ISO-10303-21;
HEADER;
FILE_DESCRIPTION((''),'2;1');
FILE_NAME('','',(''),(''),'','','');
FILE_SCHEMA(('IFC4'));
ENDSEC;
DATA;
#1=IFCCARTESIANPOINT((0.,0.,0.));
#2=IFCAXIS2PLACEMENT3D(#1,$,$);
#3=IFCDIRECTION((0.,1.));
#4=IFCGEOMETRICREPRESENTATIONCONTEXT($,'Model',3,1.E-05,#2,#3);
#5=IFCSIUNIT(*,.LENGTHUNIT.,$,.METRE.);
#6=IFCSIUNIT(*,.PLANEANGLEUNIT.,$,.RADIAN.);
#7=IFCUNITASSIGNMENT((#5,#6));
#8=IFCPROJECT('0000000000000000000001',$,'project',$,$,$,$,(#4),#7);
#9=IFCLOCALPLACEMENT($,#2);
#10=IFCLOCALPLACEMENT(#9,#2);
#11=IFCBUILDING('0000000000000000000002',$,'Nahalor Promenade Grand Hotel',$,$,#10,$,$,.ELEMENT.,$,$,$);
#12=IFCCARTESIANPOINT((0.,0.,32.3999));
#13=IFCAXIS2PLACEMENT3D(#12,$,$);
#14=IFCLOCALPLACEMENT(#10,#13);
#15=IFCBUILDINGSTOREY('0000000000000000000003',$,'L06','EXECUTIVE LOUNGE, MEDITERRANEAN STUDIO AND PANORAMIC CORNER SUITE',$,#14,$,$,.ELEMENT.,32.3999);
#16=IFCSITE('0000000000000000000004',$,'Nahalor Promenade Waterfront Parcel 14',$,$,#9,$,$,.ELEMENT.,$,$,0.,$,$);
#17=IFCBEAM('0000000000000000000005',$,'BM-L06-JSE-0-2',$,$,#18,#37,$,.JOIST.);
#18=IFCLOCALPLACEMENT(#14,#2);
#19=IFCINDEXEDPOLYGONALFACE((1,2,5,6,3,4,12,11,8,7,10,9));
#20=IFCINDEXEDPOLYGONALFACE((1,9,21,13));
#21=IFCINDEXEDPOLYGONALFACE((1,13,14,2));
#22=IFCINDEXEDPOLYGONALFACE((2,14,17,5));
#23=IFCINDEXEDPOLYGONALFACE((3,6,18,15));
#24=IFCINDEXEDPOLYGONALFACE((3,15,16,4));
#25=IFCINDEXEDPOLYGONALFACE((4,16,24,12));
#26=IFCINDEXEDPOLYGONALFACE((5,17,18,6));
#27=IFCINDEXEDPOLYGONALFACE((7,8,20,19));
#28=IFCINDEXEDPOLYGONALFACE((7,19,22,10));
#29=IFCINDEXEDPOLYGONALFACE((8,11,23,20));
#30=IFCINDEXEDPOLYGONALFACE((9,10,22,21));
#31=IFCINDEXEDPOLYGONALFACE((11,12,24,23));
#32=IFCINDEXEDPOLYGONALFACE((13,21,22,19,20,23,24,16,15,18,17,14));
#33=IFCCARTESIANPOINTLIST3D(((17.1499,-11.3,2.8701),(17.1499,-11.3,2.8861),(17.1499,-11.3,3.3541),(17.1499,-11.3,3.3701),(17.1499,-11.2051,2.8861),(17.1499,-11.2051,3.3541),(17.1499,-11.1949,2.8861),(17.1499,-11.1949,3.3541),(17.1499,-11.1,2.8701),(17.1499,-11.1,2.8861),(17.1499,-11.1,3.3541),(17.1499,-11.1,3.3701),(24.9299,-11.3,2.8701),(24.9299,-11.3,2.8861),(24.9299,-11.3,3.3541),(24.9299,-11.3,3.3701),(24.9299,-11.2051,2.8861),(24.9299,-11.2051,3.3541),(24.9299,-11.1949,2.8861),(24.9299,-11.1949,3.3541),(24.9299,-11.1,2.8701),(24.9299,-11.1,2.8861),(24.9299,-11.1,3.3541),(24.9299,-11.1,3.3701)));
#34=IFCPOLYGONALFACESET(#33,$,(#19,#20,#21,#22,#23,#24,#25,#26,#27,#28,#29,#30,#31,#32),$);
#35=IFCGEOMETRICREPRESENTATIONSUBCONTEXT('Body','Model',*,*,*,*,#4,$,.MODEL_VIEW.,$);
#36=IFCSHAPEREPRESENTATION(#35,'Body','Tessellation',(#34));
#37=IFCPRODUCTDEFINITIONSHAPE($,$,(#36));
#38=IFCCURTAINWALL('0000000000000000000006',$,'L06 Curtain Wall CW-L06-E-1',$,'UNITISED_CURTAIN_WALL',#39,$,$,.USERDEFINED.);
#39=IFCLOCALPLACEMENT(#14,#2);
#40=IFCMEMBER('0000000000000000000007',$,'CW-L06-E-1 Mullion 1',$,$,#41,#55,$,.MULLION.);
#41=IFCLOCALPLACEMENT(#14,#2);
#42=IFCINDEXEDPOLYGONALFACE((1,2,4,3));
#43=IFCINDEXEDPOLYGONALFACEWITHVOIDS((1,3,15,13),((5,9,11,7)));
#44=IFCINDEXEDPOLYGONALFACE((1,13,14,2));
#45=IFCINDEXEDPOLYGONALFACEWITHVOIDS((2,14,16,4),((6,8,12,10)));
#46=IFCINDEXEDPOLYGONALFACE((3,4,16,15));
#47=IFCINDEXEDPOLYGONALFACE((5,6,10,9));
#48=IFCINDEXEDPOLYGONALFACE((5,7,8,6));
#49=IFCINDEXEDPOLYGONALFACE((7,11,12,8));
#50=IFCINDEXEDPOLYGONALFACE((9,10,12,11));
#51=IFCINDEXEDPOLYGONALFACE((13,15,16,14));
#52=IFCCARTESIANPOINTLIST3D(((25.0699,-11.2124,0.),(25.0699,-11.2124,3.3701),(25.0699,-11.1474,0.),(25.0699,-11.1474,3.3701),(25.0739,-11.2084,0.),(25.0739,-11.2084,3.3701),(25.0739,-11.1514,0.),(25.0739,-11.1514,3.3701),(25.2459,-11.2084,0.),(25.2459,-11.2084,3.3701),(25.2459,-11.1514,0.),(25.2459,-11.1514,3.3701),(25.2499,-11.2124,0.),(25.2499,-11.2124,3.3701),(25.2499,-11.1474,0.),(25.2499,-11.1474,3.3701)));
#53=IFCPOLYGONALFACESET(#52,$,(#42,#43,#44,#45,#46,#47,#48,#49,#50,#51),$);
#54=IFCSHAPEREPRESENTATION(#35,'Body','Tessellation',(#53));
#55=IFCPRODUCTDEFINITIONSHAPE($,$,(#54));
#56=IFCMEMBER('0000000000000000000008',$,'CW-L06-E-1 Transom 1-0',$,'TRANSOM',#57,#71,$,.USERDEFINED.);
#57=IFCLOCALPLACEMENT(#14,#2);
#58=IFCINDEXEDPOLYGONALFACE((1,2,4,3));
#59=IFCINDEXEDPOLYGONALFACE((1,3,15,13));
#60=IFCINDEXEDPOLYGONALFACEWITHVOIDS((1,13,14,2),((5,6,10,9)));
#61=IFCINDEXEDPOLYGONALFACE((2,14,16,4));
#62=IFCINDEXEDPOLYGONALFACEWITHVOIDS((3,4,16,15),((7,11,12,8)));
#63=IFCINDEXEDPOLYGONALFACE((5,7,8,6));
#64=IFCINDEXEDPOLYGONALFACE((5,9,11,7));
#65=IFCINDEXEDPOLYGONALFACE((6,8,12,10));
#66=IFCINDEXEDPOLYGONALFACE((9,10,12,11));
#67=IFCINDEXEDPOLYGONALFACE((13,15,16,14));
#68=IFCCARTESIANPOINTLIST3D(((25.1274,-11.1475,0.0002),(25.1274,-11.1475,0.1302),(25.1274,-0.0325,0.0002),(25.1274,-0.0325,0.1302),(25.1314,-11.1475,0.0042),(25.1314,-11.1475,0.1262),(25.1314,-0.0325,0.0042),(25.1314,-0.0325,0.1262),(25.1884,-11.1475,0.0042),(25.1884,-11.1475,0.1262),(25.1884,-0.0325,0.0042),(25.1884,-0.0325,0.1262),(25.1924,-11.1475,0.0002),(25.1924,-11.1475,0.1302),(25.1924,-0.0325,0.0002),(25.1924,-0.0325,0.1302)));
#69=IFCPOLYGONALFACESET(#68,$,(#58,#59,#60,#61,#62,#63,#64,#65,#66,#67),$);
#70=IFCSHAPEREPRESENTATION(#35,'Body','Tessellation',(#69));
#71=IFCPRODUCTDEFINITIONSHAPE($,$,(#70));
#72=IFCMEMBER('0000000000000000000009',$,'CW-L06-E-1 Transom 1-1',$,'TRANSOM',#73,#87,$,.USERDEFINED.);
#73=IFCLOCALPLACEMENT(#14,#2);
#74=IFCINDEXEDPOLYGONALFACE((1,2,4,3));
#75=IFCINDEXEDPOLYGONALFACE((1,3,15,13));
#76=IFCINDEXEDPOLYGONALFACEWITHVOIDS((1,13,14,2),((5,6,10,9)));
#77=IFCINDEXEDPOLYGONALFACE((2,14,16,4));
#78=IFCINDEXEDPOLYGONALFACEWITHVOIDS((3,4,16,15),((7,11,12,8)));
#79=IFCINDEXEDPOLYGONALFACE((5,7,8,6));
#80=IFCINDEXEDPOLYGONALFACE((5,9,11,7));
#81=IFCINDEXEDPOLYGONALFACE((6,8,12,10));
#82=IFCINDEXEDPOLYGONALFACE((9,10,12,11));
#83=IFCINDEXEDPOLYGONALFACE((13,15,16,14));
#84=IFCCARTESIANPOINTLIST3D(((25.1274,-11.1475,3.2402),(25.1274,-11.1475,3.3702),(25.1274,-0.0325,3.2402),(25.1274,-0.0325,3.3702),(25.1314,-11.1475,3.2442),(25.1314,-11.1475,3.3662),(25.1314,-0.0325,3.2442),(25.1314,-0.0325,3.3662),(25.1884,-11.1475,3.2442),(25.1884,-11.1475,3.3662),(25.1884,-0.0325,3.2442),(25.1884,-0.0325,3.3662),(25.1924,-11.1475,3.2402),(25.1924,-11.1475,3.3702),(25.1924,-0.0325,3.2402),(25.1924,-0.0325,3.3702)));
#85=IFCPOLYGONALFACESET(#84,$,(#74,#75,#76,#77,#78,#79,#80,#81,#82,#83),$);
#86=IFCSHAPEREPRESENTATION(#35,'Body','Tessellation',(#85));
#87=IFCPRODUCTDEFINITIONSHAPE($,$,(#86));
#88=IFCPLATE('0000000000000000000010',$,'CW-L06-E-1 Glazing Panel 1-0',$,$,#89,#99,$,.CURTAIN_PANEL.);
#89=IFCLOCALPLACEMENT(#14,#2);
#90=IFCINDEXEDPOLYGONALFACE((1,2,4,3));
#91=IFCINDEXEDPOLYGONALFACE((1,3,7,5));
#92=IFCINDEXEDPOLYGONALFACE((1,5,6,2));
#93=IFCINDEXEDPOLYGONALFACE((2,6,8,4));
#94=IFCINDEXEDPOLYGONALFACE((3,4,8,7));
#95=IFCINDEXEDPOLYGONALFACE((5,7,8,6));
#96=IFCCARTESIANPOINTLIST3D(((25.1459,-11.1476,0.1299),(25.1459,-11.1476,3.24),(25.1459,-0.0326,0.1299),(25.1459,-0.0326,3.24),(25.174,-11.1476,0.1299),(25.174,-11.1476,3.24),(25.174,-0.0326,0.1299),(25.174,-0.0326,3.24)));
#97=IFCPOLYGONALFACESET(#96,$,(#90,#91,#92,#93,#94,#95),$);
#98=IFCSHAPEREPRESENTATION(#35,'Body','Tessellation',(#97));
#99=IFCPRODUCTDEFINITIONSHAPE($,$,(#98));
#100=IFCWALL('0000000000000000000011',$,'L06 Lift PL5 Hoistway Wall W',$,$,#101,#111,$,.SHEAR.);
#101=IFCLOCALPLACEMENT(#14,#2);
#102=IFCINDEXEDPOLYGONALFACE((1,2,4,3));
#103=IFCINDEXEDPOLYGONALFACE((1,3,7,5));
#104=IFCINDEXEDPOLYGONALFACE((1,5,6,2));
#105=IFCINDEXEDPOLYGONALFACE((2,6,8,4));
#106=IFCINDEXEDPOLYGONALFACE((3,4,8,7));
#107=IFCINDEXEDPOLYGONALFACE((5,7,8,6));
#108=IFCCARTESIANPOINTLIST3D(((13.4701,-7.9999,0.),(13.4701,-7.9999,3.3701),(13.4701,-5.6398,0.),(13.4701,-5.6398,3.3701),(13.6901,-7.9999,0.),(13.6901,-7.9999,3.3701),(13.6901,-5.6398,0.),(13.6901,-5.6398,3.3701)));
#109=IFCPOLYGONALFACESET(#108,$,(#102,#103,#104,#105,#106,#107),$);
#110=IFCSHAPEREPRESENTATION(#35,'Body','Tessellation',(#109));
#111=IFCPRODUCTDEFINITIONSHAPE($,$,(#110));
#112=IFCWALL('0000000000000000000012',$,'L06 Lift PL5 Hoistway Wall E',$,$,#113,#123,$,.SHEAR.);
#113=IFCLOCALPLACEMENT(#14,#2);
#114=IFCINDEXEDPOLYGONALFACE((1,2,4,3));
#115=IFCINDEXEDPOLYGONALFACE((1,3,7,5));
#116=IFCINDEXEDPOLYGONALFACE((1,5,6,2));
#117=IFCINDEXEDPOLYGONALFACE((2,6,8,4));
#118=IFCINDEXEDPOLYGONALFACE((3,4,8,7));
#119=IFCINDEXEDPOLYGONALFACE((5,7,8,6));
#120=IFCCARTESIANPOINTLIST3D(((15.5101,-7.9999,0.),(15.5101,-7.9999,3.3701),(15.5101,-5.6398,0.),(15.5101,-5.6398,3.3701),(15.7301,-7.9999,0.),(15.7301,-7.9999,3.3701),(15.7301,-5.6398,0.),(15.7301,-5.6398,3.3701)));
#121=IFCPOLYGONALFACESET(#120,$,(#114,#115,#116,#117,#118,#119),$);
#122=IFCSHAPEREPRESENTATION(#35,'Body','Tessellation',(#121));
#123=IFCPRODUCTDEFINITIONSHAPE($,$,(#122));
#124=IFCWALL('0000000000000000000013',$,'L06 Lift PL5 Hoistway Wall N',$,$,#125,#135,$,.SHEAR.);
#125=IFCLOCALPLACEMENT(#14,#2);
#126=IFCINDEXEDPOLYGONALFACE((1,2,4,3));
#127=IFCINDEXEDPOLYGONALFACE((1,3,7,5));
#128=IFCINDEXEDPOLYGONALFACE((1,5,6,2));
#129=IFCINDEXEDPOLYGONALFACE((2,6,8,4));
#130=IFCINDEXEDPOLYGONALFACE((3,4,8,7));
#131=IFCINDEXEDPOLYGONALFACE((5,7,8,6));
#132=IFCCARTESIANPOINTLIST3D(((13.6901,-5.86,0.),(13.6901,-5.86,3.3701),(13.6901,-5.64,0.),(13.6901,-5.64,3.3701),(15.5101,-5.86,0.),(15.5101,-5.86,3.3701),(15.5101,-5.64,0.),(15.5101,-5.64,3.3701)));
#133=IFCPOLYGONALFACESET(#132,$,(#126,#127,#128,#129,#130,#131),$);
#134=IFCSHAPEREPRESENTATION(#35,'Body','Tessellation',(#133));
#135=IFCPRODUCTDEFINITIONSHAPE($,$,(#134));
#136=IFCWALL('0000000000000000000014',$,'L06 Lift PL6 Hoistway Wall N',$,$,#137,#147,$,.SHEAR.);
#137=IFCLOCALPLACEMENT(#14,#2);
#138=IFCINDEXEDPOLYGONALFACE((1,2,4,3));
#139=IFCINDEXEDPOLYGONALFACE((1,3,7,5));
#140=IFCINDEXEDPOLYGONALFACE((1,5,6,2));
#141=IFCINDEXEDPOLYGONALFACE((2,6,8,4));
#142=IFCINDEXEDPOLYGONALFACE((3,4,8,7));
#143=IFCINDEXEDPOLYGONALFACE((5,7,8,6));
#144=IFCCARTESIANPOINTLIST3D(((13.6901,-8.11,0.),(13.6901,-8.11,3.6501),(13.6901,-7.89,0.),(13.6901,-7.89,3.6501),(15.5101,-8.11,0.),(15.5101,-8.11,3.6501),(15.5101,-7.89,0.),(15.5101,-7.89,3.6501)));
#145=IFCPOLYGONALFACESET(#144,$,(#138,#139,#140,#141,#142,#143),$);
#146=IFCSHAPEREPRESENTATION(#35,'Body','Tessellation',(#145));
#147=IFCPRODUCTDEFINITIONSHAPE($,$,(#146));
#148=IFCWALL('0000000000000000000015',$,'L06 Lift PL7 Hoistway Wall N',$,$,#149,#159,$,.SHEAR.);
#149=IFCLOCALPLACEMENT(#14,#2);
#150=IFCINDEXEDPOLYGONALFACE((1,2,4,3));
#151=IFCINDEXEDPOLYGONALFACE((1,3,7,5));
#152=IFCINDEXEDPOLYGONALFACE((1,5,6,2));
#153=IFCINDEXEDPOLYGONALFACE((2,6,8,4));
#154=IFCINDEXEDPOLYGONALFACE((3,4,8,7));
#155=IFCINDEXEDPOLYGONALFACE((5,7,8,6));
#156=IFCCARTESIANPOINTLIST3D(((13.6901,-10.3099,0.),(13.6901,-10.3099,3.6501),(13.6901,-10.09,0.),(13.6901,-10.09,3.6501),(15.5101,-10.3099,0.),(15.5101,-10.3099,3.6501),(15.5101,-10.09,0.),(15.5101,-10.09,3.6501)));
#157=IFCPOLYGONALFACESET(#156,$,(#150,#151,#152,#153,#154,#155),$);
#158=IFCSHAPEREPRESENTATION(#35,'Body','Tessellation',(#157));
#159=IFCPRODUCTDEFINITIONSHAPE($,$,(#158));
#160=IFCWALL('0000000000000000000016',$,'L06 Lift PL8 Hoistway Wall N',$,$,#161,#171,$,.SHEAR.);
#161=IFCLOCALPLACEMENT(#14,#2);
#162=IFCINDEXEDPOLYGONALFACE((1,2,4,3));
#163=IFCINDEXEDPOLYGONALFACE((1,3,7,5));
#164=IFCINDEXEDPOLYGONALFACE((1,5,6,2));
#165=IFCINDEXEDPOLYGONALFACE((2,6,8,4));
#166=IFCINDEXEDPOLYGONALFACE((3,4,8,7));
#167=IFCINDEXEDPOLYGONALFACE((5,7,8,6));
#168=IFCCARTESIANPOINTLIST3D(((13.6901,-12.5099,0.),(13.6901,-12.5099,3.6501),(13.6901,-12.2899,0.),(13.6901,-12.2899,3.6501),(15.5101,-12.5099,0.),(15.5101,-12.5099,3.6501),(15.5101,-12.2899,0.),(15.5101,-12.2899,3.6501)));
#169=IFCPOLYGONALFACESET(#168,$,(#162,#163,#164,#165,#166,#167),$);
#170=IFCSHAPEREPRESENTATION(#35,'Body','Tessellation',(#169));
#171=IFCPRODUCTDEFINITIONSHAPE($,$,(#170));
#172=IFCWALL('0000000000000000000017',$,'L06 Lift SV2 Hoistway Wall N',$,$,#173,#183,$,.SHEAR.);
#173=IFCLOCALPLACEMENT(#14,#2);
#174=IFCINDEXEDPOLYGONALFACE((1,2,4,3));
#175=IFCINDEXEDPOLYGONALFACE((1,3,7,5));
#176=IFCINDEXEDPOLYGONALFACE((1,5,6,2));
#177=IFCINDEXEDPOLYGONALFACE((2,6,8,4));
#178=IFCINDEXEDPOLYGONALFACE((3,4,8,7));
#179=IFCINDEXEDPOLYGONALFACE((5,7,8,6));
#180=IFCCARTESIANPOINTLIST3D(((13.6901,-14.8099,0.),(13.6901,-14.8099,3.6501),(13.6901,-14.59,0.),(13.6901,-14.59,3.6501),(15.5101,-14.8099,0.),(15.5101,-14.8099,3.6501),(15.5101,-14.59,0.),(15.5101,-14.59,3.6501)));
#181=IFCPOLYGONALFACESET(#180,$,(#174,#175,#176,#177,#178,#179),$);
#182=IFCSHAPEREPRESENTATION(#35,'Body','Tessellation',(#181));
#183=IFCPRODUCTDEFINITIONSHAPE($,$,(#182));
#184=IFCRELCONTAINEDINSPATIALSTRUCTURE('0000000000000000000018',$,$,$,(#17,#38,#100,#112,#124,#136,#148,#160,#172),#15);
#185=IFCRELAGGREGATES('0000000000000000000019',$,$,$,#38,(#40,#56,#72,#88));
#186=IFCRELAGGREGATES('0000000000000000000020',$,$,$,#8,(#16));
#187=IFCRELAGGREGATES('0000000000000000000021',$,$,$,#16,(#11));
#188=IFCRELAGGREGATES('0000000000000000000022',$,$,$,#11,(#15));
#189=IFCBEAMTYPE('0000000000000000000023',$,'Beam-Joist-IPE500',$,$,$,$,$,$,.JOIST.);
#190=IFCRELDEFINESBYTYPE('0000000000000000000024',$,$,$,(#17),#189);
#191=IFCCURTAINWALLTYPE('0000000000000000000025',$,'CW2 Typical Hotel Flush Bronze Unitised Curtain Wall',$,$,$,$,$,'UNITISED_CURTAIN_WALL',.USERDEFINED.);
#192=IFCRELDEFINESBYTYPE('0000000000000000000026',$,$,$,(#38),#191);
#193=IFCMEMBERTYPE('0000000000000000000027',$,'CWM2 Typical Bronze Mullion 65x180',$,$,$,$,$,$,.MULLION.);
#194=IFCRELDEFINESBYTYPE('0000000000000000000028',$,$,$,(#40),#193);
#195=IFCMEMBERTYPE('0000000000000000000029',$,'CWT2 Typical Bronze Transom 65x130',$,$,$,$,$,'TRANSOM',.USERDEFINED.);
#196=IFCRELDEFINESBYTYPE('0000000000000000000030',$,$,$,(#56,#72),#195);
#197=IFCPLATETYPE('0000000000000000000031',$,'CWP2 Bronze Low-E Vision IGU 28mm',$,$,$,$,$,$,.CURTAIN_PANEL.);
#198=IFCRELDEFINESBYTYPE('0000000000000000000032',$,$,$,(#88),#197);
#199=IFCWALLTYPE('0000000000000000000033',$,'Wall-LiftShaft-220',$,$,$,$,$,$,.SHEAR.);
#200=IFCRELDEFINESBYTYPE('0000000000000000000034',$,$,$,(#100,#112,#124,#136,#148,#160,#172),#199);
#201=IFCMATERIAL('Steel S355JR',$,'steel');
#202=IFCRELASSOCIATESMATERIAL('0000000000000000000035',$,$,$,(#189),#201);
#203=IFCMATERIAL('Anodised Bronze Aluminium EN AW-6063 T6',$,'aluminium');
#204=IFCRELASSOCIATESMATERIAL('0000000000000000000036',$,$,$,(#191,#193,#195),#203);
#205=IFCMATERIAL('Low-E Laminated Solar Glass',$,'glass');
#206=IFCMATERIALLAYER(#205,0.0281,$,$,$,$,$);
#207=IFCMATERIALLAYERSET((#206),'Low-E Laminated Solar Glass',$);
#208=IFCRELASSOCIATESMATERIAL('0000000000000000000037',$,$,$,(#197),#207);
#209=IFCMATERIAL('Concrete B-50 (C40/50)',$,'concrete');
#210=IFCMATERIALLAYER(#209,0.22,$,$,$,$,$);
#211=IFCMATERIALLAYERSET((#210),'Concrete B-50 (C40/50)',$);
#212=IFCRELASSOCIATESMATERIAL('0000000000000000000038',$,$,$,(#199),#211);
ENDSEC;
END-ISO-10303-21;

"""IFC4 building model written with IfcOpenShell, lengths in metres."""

from ifc_helpers import new_model, si_unit, direction, frame, frame_2d, origin, origin_2d, place, context, subcontext, project, spatial, rectangle, hollow_rectangle, i_section, extrude, source, transform, mapped, material, layer, layer_set, material_profile, profile_set, type_object, element, aggregate, save


model = new_model("IFC4")

# Units and contexts
model_context = context("Model", 3, precision=1e-05, world=origin(), true_north=direction((0.0, 1.0)))
body_context = subcontext(model_context, "Body", "Model", "MODEL_VIEW")
ifc_project = project(units=[si_unit("LENGTHUNIT", "METRE"), si_unit("PLANEANGLEUNIT", "RADIAN")], contexts=[model_context])

# Site, building, storey
site_placement = place(None, origin())
site = spatial("IfcSite", under=ifc_project, at=site_placement, Name="Nahalor Promenade Waterfront Parcel 14", CompositionType="ELEMENT", RefElevation=0.0)
building_placement = place(site_placement, origin())
building = spatial("IfcBuilding", under=site, at=building_placement, Name="Nahalor Promenade Grand Hotel", CompositionType="ELEMENT")
storey_placement = place(building_placement, frame((0.0, 0.0, 32.3999)))
storey = spatial("IfcBuildingStorey", under=building, at=storey_placement, Name="L06", Description="EXECUTIVE LOUNGE, MEDITERRANEAN STUDIO AND PANORAMIC CORNER SUITE", CompositionType="ELEMENT", Elevation=32.3999)

# Beam
ifc_material_1 = material(Name="Steel S355JR", Category="steel")
ifc_material_profile_1 = material_profile(ifc_material_1, i_section(OverallWidth=0.2, OverallDepth=0.5, WebThickness=0.0102, FlangeThickness=0.016, at=origin_2d()), Name="IPE 500")
ifc_profile_set_1 = profile_set([ifc_material_profile_1], Name="Steel S355JR")
beam_type_1 = type_object("IfcBeamType", Name="Beam-Joist-IPE500", PredefinedType="JOIST", material=ifc_profile_set_1)
shared_shape_1 = source(origin(), body_context, "Body", "SweptSolid", [
    extrude(i_section(OverallWidth=0.2, OverallDepth=0.5, WebThickness=0.0102, FlangeThickness=0.016, at=origin_2d()), origin(), (0.0, 0.0, 1.0), 7.78),
])
beam_1_placement = place(storey_placement, frame((17.1499, -11.2, 3.1201), z_axis=(1.0, 0.0, 0.0), x_axis=(0.0, 1.0, 0.0)))
element("IfcBeam", 1, at=beam_1_placement, inside=storey, type_object=beam_type_1, Name="BM-L06-JSE-0-2", PredefinedType="JOIST", context=body_context, shape_type="MappedRepresentation", body=[
    mapped(shared_shape_1, transform((0.0, 0.0, 0.0), scale=1.0)),
])

# Curtain wall, members, plate
ifc_material_2 = material(Name="Anodised Bronze Aluminium EN AW-6063 T6", Category="aluminium")
curtain_wall_type = type_object("IfcCurtainWallType", Name="CW2 Typical Hotel Flush Bronze Unitised Curtain Wall", ElementType="UNITISED_CURTAIN_WALL", PredefinedType="USERDEFINED", material=ifc_material_2)
curtain_wall_placement = place(storey_placement, origin())
curtain_wall = element("IfcCurtainWall", 2, at=curtain_wall_placement, inside=storey, type_object=curtain_wall_type, Name="L06 Curtain Wall CW-L06-E-1", ObjectType="UNITISED_CURTAIN_WALL", PredefinedType="USERDEFINED")
ifc_material_profile_2 = material_profile(ifc_material_2, hollow_rectangle(XDim=0.065, YDim=0.18, WallThickness=0.004, at=origin_2d()), Name="CWM 65x180x4")
ifc_profile_set_2 = profile_set([ifc_material_profile_2], Name="Anodised Bronze Aluminium EN AW-6063 T6")
member_type_1 = type_object("IfcMemberType", Name="CWM2 Typical Bronze Mullion 65x180", PredefinedType="MULLION", material=ifc_profile_set_2)
shared_shape_2 = source(origin(), body_context, "Body", "SweptSolid", [
    extrude(hollow_rectangle(XDim=0.065, YDim=0.18, WallThickness=0.004, at=origin_2d()), origin(), (0.0, 0.0, 1.0), 3.3701),
])
member_1_placement = place(storey_placement, frame((25.1599, -11.1799, 0.0), z_axis=(0.0, 0.0, 1.0), x_axis=(0.0, 1.0, 0.0)))
member_1 = element("IfcMember", 3, at=member_1_placement, type_object=member_type_1, Name="CW-L06-E-1 Mullion 1", PredefinedType="MULLION", context=body_context, shape_type="MappedRepresentation", body=[
    mapped(shared_shape_2, transform((0.0, 0.0, 0.0), scale=1.0)),
])
ifc_material_profile_3 = material_profile(ifc_material_2, hollow_rectangle(XDim=0.065, YDim=0.13, WallThickness=0.004, at=origin_2d()), Name="CWT 65x130x4")
ifc_profile_set_3 = profile_set([ifc_material_profile_3], Name="Anodised Bronze Aluminium EN AW-6063 T6")
member_type_2 = type_object("IfcMemberType", Name="CWT2 Typical Bronze Transom 65x130", ElementType="TRANSOM", PredefinedType="USERDEFINED", material=ifc_profile_set_3)
shared_shape_3 = source(origin(), body_context, "Body", "SweptSolid", [
    extrude(hollow_rectangle(XDim=0.065, YDim=0.13, WallThickness=0.004, at=origin_2d()), origin(), (0.0, 0.0, 1.0), 11.115),
])
member_2_placement = place(storey_placement, frame((25.1599, -11.1475, 0.0652), z_axis=(0.0, 1.0, 0.0), x_axis=(-1.0, 0.0, 0.0)))
member_2 = element("IfcMember", 4, at=member_2_placement, type_object=member_type_2, Name="CW-L06-E-1 Transom 1-0", ObjectType="TRANSOM", PredefinedType="USERDEFINED", context=body_context, shape_type="MappedRepresentation", body=[
    mapped(shared_shape_3, transform((0.0, 0.0, 0.0), scale=1.0)),
])
member_3_placement = place(storey_placement, frame((25.1599, -11.1475, 3.3052), z_axis=(0.0, 1.0, 0.0), x_axis=(-1.0, 0.0, 0.0)))
member_3 = element("IfcMember", 5, at=member_3_placement, type_object=member_type_2, Name="CW-L06-E-1 Transom 1-1", ObjectType="TRANSOM", PredefinedType="USERDEFINED", context=body_context, shape_type="MappedRepresentation", body=[
    mapped(shared_shape_3, transform((0.0, 0.0, 0.0), scale=1.0)),
])
ifc_material_3 = material(Name="Low-E Laminated Solar Glass", Category="glass")
ifc_layer_1 = layer(ifc_material_3, 0.0281)
ifc_layer_set_1 = layer_set([ifc_layer_1], Name="Low-E Laminated Solar Glass")
plate_type = type_object("IfcPlateType", Name="CWP2 Bronze Low-E Vision IGU 28mm", PredefinedType="CURTAIN_PANEL", material=ifc_layer_set_1)
shared_shape_4 = source(origin(), body_context, "Body", "SweptSolid", [
    extrude(rectangle(XDim=11.115, YDim=0.0281, at=origin_2d()), origin(), (0.0, 0.0, 1.0), 3.1101),
])
plate_placement = place(storey_placement, frame((25.1599, -5.5901, 0.1299), z_axis=(0.0, 0.0, 1.0), x_axis=(0.0, 1.0, 0.0)))
plate = element("IfcPlate", 6, at=plate_placement, type_object=plate_type, Name="CW-L06-E-1 Glazing Panel 1-0", PredefinedType="CURTAIN_PANEL", context=body_context, shape_type="MappedRepresentation", body=[
    mapped(shared_shape_4, transform((0.0, 0.0, 0.0), scale=1.0)),
])
aggregate(curtain_wall, [member_1, member_2, member_3, plate])

# Walls
ifc_material_4 = material(Name="Concrete B-50 (C40/50)", Category="concrete")
ifc_layer_2 = layer(ifc_material_4, 0.22)
ifc_layer_set_2 = layer_set([ifc_layer_2], Name="Concrete B-50 (C40/50)")
wall_type_1 = type_object("IfcWallType", Name="Wall-LiftShaft-220", PredefinedType="SHEAR", material=ifc_layer_set_2)
shared_shape_5 = source(origin(), body_context, "Body", "SweptSolid", [
    extrude(rectangle(XDim=2.3601, YDim=0.22, at=frame_2d((1.1802, 0.0))), origin(), (0.0, 0.0, 1.0), 3.3701),
])
for number, where, z_axis, x_axis, name in (
    (7, (13.5801, -8.0, 0.0), (0.0, 0.0, 1.0), (0.0, 1.0, 0.0), "L06 Lift PL5 Hoistway Wall W"),
    (8, (15.6201, -8.0, 0.0), (0.0, 0.0, 1.0), (0.0, 1.0, 0.0), "L06 Lift PL5 Hoistway Wall E"),
):
    element("IfcWall", number, at=place(storey_placement, frame(where, z_axis=z_axis, x_axis=x_axis)), inside=storey, type_object=wall_type_1, Name=name, PredefinedType="SHEAR", context=body_context, shape_type="MappedRepresentation", body=[
        mapped(shared_shape_5, transform((0.0, 0.0, 0.0), scale=1.0)),
    ])
shared_shape_6 = source(origin(), body_context, "Body", "SweptSolid", [
    extrude(rectangle(XDim=1.8201, YDim=0.22, at=frame_2d((0.9102, 0.0))), origin(), (0.0, 0.0, 1.0), 3.3701),
])
wall_1_placement = place(storey_placement, frame((13.6899, -5.75, 0.0), z_axis=(0.0, 0.0, 1.0), x_axis=(1.0, 0.0, 0.0)))
element("IfcWall", 9, at=wall_1_placement, inside=storey, type_object=wall_type_1, Name="L06 Lift PL5 Hoistway Wall N", PredefinedType="SHEAR", context=body_context, shape_type="MappedRepresentation", body=[
    mapped(shared_shape_6, transform((0.0, 0.0, 0.0), scale=1.0)),
])
shared_shape_7 = source(origin(), body_context, "Body", "SweptSolid", [
    extrude(rectangle(XDim=1.8201, YDim=0.22, at=frame_2d((0.9102, 0.0))), origin(), (0.0, 0.0, 1.0), 3.6501),
])
for number, where, z_axis, x_axis, name in (
    (10, (13.6899, -8.0, 0.0), (0.0, 0.0, 1.0), (1.0, 0.0, 0.0), "L06 Lift PL6 Hoistway Wall N"),
    (11, (13.6899, -10.2, 0.0), (0.0, 0.0, 1.0), (1.0, 0.0, 0.0), "L06 Lift PL7 Hoistway Wall N"),
    (12, (13.6899, -12.3999, 0.0), (0.0, 0.0, 1.0), (1.0, 0.0, 0.0), "L06 Lift PL8 Hoistway Wall N"),
    (13, (13.6899, -14.7, 0.0), (0.0, 0.0, 1.0), (1.0, 0.0, 0.0), "L06 Lift SV2 Hoistway Wall N"),
):
    element("IfcWall", number, at=place(storey_placement, frame(where, z_axis=z_axis, x_axis=x_axis)), inside=storey, type_object=wall_type_1, Name=name, PredefinedType="SHEAR", context=body_context, shape_type="MappedRepresentation", body=[
        mapped(shared_shape_7, transform((0.0, 0.0, 0.0), scale=1.0)),
    ])

save(model, "model.ifc")
